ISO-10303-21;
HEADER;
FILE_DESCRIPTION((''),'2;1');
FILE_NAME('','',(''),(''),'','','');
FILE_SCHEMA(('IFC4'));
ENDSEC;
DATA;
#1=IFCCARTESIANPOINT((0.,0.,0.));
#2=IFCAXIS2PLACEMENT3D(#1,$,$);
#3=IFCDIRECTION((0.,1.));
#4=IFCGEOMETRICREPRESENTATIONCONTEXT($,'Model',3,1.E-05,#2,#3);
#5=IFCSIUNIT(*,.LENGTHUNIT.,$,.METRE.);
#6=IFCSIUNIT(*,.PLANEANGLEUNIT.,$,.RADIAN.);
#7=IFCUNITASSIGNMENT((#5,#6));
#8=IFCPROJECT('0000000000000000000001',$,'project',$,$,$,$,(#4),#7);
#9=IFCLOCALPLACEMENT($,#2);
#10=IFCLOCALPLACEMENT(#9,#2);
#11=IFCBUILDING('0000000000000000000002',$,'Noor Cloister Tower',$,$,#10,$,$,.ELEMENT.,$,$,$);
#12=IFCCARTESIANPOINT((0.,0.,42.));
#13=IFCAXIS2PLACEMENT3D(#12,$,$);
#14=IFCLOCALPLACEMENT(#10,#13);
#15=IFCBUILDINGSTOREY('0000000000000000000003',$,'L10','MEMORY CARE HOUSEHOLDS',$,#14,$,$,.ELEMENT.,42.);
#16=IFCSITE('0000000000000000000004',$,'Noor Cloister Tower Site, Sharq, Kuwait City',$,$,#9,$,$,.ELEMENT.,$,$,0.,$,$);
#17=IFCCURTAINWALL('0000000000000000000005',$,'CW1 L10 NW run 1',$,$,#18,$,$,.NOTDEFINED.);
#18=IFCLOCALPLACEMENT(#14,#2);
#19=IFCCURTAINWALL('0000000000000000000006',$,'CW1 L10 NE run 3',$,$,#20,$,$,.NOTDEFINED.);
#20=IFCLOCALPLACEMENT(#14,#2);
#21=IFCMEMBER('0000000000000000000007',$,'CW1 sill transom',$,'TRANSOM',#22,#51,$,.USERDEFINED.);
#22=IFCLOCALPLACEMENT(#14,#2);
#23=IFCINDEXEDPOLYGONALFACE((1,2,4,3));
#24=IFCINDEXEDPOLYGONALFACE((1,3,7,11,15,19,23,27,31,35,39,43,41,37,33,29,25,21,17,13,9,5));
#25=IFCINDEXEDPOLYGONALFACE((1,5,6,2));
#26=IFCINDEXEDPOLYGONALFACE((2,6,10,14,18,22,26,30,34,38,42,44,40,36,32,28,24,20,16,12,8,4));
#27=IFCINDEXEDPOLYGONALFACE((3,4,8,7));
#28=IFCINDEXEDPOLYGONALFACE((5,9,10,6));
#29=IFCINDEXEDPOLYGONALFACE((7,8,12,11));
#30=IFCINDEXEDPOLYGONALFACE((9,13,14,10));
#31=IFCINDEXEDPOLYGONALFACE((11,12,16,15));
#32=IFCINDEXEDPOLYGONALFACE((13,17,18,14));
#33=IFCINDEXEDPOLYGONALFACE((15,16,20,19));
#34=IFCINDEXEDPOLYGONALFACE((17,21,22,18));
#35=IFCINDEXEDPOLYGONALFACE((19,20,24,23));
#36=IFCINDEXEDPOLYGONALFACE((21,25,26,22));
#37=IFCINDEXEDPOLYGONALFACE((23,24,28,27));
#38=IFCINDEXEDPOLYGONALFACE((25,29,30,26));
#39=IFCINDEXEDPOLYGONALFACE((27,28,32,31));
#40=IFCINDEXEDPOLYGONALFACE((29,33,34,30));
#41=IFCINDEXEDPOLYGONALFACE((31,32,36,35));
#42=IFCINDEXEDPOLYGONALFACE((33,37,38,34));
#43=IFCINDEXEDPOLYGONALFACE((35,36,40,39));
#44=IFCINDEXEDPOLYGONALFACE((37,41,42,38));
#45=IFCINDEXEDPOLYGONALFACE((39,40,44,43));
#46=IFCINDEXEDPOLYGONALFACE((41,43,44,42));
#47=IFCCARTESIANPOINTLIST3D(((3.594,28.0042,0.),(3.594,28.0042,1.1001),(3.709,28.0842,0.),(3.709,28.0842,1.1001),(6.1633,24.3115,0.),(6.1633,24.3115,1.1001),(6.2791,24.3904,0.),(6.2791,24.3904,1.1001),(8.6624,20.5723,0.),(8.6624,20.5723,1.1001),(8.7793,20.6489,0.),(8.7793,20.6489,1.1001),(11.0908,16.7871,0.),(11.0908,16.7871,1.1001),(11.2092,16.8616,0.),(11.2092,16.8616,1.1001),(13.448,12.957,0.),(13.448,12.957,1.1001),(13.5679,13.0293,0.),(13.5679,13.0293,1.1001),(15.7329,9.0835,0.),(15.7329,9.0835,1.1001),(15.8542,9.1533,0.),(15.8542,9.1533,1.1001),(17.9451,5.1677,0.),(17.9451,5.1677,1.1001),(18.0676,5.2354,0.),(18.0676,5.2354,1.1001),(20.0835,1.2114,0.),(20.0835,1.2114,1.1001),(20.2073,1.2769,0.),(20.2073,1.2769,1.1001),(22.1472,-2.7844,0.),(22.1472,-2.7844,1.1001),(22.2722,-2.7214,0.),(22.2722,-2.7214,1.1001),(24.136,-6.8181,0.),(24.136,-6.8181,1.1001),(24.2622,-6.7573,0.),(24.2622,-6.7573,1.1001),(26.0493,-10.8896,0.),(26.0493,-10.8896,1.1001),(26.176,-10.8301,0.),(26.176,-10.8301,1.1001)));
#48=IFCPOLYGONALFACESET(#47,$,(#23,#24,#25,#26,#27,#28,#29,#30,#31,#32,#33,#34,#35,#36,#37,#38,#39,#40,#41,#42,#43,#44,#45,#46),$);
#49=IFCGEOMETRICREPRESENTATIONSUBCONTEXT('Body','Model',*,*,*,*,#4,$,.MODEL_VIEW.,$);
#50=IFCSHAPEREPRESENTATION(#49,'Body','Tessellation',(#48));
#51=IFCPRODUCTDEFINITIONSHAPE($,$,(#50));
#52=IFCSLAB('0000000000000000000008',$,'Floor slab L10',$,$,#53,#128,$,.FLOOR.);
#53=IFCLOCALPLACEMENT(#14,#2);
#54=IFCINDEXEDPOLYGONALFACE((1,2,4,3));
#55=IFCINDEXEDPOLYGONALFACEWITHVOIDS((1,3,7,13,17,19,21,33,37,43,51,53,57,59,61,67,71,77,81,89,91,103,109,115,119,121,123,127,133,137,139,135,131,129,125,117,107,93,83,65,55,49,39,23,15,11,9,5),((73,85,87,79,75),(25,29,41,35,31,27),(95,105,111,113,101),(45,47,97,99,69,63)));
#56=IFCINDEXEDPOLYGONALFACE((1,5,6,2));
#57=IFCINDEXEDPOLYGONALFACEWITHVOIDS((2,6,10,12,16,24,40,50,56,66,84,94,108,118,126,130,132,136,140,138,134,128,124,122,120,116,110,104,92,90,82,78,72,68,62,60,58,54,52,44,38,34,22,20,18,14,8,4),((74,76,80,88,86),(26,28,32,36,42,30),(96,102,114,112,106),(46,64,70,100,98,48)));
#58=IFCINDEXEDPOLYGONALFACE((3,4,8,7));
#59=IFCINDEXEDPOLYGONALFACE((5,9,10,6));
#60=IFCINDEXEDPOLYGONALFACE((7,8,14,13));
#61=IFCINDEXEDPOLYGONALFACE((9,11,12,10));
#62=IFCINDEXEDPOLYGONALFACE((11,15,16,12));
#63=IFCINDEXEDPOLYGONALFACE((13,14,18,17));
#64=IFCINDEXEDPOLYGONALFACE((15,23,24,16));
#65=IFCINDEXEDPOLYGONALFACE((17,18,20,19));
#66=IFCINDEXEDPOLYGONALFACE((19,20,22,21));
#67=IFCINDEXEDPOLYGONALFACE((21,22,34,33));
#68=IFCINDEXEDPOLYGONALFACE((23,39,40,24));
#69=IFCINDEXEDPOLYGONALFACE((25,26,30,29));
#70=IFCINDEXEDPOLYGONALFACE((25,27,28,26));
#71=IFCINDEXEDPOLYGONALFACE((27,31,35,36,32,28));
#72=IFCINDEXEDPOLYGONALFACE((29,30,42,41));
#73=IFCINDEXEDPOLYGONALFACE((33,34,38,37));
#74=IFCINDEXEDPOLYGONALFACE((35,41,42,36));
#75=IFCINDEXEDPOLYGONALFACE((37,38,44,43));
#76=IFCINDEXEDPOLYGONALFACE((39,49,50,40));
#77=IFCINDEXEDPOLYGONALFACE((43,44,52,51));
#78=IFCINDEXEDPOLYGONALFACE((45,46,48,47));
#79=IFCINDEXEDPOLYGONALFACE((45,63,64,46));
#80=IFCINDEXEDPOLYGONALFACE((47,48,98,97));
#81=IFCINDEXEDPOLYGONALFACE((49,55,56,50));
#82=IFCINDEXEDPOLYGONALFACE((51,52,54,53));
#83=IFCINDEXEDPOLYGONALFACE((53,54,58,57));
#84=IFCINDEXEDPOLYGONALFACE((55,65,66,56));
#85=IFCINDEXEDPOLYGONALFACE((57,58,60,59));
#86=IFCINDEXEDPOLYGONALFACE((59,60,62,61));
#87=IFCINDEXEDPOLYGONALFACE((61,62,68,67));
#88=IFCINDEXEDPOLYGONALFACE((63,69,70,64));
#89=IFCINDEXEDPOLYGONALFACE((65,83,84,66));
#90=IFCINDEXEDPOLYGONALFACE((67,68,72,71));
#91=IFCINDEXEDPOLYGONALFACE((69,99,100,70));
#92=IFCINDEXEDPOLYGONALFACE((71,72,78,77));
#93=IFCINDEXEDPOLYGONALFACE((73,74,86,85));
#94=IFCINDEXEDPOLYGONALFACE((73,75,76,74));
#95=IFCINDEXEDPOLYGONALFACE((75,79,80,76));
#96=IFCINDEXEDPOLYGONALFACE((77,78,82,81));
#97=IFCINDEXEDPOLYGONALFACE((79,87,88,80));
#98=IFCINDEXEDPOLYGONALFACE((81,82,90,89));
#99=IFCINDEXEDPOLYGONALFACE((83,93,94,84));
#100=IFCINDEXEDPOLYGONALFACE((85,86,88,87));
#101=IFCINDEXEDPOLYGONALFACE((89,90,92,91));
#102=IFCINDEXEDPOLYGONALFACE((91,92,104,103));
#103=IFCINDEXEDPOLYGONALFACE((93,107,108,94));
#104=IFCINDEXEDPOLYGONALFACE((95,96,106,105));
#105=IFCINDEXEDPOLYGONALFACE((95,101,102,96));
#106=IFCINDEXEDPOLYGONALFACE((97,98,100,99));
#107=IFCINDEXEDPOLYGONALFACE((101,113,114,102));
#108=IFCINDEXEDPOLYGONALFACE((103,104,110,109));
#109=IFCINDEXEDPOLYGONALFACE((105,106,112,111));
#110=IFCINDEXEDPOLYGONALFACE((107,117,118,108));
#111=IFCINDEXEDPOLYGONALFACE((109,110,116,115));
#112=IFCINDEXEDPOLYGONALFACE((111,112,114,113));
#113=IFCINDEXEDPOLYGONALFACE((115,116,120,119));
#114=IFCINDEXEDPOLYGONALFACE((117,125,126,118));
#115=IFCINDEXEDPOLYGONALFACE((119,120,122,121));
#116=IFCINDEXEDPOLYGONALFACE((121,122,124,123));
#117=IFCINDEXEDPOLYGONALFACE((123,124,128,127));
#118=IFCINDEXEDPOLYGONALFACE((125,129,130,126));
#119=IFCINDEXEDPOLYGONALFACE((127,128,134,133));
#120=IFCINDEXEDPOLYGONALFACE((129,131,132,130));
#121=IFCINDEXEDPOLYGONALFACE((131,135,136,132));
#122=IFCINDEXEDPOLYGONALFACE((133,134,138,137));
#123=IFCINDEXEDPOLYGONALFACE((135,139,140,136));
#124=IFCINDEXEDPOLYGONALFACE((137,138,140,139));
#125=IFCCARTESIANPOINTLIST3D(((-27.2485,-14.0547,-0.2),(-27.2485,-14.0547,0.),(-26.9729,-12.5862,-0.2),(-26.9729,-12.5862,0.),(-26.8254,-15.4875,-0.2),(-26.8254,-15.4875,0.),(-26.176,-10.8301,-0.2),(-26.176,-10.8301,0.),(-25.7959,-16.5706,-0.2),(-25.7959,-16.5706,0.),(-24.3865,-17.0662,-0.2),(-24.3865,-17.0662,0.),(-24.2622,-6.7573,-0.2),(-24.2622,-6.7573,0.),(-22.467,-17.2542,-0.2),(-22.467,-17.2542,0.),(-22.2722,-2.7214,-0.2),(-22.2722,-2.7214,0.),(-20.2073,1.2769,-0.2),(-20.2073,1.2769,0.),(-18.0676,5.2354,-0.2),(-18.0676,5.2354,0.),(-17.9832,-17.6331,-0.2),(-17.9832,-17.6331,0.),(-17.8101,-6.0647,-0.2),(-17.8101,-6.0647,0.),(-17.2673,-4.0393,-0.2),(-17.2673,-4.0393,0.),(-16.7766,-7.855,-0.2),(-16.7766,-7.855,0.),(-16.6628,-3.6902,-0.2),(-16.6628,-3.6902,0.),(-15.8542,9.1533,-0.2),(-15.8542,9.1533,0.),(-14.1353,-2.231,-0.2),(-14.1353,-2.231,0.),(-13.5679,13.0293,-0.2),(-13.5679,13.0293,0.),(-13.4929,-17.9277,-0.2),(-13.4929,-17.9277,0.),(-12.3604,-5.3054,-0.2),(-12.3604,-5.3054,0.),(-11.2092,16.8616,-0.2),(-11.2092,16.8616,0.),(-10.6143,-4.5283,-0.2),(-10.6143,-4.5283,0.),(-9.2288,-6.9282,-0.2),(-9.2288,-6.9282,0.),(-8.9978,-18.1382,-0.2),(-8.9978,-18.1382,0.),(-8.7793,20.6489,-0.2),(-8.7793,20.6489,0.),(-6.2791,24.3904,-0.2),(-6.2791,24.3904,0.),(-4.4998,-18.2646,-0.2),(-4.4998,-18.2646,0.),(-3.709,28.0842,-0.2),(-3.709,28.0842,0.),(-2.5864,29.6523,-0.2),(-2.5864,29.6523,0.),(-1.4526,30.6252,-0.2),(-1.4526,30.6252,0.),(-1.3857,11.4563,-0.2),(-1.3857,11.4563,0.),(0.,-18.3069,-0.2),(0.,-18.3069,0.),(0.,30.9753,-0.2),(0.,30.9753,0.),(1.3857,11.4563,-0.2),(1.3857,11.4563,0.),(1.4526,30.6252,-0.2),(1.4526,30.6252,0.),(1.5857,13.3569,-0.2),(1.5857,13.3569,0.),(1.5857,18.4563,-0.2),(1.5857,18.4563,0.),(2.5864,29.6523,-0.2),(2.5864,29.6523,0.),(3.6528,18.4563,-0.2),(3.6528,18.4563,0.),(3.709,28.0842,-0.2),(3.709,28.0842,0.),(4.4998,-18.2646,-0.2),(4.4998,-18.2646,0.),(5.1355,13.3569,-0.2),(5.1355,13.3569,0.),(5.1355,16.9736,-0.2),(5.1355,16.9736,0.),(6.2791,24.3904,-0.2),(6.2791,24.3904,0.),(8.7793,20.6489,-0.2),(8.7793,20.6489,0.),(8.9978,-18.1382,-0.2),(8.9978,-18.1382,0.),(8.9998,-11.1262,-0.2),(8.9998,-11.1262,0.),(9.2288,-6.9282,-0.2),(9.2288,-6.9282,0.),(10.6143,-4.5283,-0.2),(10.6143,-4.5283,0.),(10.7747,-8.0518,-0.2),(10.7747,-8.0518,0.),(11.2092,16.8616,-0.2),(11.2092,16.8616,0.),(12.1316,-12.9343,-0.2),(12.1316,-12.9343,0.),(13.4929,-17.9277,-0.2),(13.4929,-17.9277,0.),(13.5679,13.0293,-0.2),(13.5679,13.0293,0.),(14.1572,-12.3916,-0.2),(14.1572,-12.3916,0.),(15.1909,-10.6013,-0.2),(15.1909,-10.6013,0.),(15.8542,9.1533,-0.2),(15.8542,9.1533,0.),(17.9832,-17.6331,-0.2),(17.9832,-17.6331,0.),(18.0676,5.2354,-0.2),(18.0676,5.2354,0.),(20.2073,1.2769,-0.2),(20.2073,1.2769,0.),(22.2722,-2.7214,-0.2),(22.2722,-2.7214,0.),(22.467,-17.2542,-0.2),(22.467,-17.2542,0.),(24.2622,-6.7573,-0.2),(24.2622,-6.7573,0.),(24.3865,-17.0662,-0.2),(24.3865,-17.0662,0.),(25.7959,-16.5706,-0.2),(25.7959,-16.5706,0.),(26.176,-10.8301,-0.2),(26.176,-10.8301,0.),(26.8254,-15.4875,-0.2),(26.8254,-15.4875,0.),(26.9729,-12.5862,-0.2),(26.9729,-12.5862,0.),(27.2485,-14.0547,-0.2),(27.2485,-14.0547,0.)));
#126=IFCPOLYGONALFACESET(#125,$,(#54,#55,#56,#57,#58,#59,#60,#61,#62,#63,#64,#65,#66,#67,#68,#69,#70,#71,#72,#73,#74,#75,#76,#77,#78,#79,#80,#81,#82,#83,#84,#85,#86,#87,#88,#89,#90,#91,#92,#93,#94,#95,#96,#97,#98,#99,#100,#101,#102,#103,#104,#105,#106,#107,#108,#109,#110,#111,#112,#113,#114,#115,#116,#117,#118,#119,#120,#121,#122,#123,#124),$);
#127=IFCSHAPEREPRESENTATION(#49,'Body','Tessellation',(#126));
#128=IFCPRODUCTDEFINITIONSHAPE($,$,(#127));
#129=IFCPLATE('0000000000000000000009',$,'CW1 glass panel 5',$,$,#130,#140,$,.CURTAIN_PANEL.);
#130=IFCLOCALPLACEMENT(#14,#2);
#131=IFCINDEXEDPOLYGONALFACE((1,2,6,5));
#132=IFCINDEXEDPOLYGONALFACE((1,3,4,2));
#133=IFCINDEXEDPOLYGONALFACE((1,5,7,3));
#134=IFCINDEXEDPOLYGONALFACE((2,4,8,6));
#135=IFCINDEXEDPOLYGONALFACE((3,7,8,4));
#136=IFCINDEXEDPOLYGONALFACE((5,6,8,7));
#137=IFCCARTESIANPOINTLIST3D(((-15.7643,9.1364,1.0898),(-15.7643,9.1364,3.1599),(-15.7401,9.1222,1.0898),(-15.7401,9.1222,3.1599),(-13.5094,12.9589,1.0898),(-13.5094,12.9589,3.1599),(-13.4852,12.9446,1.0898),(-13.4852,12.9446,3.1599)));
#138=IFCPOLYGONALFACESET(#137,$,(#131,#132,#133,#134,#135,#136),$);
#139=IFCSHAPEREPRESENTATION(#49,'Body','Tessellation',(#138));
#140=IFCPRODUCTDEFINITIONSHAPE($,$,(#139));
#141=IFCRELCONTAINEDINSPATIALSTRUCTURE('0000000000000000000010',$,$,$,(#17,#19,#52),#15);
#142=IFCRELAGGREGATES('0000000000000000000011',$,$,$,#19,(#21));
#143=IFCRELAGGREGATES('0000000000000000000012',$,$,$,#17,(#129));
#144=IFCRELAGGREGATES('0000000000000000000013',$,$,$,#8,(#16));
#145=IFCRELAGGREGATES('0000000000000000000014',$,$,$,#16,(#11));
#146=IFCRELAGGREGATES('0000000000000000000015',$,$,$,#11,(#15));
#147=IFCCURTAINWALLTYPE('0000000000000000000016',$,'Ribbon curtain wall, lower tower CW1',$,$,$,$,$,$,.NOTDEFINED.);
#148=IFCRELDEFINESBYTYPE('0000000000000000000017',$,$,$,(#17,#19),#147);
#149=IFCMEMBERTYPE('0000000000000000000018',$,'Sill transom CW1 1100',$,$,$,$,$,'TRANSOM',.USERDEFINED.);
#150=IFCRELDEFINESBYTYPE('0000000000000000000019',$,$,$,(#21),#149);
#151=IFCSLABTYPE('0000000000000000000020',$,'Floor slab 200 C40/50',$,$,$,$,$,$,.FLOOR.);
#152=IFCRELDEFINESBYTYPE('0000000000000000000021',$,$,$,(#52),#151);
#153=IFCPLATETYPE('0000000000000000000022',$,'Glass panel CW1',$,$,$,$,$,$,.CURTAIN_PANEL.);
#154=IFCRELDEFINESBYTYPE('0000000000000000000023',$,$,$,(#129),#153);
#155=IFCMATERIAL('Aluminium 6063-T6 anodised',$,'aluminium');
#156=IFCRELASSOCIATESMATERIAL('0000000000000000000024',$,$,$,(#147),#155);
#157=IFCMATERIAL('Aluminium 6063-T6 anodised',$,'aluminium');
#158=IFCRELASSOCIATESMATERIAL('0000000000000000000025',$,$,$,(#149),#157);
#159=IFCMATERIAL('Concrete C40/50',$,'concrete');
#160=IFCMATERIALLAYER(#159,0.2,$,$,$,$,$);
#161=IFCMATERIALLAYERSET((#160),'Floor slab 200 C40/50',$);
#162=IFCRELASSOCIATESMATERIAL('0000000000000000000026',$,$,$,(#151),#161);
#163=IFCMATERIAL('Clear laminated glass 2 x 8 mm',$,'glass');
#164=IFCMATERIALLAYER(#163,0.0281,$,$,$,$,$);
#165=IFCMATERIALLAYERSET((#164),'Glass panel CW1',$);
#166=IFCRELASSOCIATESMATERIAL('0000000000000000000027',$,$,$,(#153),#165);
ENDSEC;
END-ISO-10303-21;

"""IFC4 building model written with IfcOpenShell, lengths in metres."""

from ifc_helpers import new_model, si_unit, direction, frame, origin, origin_2d, place, context, subcontext, project, spatial, polyline, rectangle, outline, extrude, material, layer, layer_set, type_object, element, aggregate, save


model = new_model("IFC4")

# Units and contexts
model_context = context("Model", 3, precision=1e-05, world=origin(), true_north=direction((0.0, 1.0)))
body_context = subcontext(model_context, "Body", "Model", "MODEL_VIEW")
ifc_project = project(units=[si_unit("LENGTHUNIT", "METRE"), si_unit("PLANEANGLEUNIT", "RADIAN")], contexts=[model_context])

# Site, building, storey
site_placement = place(None, origin())
site = spatial("IfcSite", under=ifc_project, at=site_placement, Name="Noor Cloister Tower Site, Sharq, Kuwait City", CompositionType="ELEMENT", RefElevation=0.0)
building_placement = place(site_placement, origin())
building = spatial("IfcBuilding", under=site, at=building_placement, Name="Noor Cloister Tower", CompositionType="ELEMENT")
storey_placement = place(building_placement, frame((0.0, 0.0, 42.0)))
storey = spatial("IfcBuildingStorey", under=building, at=storey_placement, Name="L10", Description="MEMORY CARE HOUSEHOLDS", CompositionType="ELEMENT", Elevation=42.0)

# Curtain walls
ifc_material_1 = material(Name="Aluminium 6063-T6 anodised", Category="aluminium")
curtain_wall_type = type_object("IfcCurtainWallType", Name="Ribbon curtain wall, lower tower CW1", PredefinedType="NOTDEFINED", material=ifc_material_1)
curtain_wall_1_placement = place(storey_placement, origin())
curtain_wall_1 = element("IfcCurtainWall", 1, at=curtain_wall_1_placement, inside=storey, type_object=curtain_wall_type, Name="CW1 L10 NW run 1", PredefinedType="NOTDEFINED")
curtain_wall_2_placement = place(storey_placement, origin())
curtain_wall_2 = element("IfcCurtainWall", 2, at=curtain_wall_2_placement, inside=storey, type_object=curtain_wall_type, Name="CW1 L10 NE run 3", PredefinedType="NOTDEFINED")

# Member
ifc_material_2 = material(Name="Aluminium 6063-T6 anodised", Category="aluminium")
member_type_1 = type_object("IfcMemberType", Name="Sill transom CW1 1100", ElementType="TRANSOM", PredefinedType="USERDEFINED", material=ifc_material_2)
member_1_placement = place(storey_placement, origin())
member_1 = element("IfcMember", 3, at=member_1_placement, type_object=member_type_1, Name="CW1 sill transom", ObjectType="TRANSOM", PredefinedType="USERDEFINED", context=body_context, shape_type="SweptSolid", body=[
    extrude(outline(polyline([(26.176, -10.8301), (24.2622, -6.7573), (22.2722, -2.7214), (20.2073, 1.2769), (18.0676, 5.2354), (15.8542, 9.1533), (13.5679, 13.0293), (11.2092, 16.8616), (8.7793, 20.6489), (6.2791, 24.3904), (3.709, 28.0842), (3.594, 28.0042), (6.1633, 24.3115), (8.6624, 20.5723), (11.0908, 16.7871), (13.448, 12.957), (15.7329, 9.0835), (17.9451, 5.1677), (20.0835, 1.2114), (22.1472, -2.7844), (24.136, -6.8181), (26.0493, -10.8896), (26.176, -10.8301)])), origin(), (0.0, 0.0, 1.0), 1.1001),
])
aggregate(curtain_wall_2, [member_1])

# Slab
ifc_material_3 = material(Name="Concrete C40/50", Category="concrete")
ifc_layer_1 = layer(ifc_material_3, 0.2)
ifc_layer_set_1 = layer_set([ifc_layer_1], Name="Floor slab 200 C40/50")
slab_type = type_object("IfcSlabType", Name="Floor slab 200 C40/50", PredefinedType="FLOOR", material=ifc_layer_set_1)
slab_placement = place(storey_placement, frame((0.0, 0.0, -0.2)))
element("IfcSlab", 4, at=slab_placement, inside=storey, type_object=slab_type, Name="Floor slab L10", PredefinedType="FLOOR", context=body_context, shape_type="SweptSolid", body=[
    extrude(outline(polyline([(2.5864, 29.6523), (1.4526, 30.6252), (0.0, 30.9753), (-1.4526, 30.6252), (-2.5864, 29.6523), (-3.709, 28.0842), (-6.2791, 24.3904), (-8.7793, 20.6489), (-11.2092, 16.8616), (-13.5679, 13.0293), (-15.8542, 9.1533), (-18.0676, 5.2354), (-20.2073, 1.2769), (-22.2722, -2.7214), (-24.2622, -6.7573), (-26.176, -10.8301), (-26.9729, -12.5862), (-27.2485, -14.0547), (-26.8254, -15.4875), (-25.7959, -16.5706), (-24.3865, -17.0662), (-22.467, -17.2542), (-17.9832, -17.6331), (-13.4929, -17.9277), (-8.9978, -18.1382), (-4.4998, -18.2646), (0.0, -18.3069), (4.4998, -18.2646), (8.9978, -18.1382), (13.4929, -17.9277), (17.9832, -17.6331), (22.467, -17.2542), (24.3865, -17.0662), (25.7959, -16.5706), (26.8254, -15.4875), (27.2485, -14.0547), (26.9729, -12.5862), (26.176, -10.8301), (24.2622, -6.7573), (22.2722, -2.7214), (20.2073, 1.2769), (18.0676, 5.2354), (15.8542, 9.1533), (13.5679, 13.0293), (11.2092, 16.8616), (8.7793, 20.6489), (6.2791, 24.3904), (3.709, 28.0842), (2.5864, 29.6523)]), holes=[polyline([(8.9998, -11.1262), (12.1316, -12.9343), (14.1572, -12.3916), (15.1909, -10.6013), (10.7747, -8.0518), (8.9998, -11.1262)]), polyline([(-17.8101, -6.0647), (-16.7766, -7.855), (-12.3604, -5.3054), (-14.1353, -2.231), (-16.6628, -3.6902), (-17.2673, -4.0393), (-17.8101, -6.0647)]), polyline([(-10.6143, -4.5283), (-9.2288, -6.9282), (9.2288, -6.9282), (10.6143, -4.5283), (1.3857, 11.4563), (-1.3857, 11.4563), (-10.6143, -4.5283)]), polyline([(3.6528, 18.4563), (1.5857, 18.4563), (1.5857, 13.3569), (5.1355, 13.3569), (5.1355, 16.9736), (3.6528, 18.4563)])]), origin(), (0.0, 0.0, 1.0), 0.2),
])

# Plate
ifc_material_4 = material(Name="Clear laminated glass 2 x 8 mm", Category="glass")
ifc_layer_2 = layer(ifc_material_4, 0.0281)
ifc_layer_set_2 = layer_set([ifc_layer_2], Name="Glass panel CW1")
plate_type = type_object("IfcPlateType", Name="Glass panel CW1", PredefinedType="CURTAIN_PANEL", material=ifc_layer_set_2)
plate_placement = place(storey_placement, frame((-14.6248, 11.0405, 1.0898), z_axis=(0.0, 0.0, 1.0), x_axis=(-0.508087, -0.861306, 0.0)))
plate = element("IfcPlate", 5, at=plate_placement, type_object=plate_type, Name="CW1 glass panel 5", PredefinedType="CURTAIN_PANEL", context=body_context, shape_type="SweptSolid", body=[
    extrude(rectangle(XDim=4.438, YDim=0.0281, at=origin_2d()), origin(), (0.0, 0.0, 1.0), 2.0701),
])
aggregate(curtain_wall_1, [plate])

save(model, "model.ifc")
